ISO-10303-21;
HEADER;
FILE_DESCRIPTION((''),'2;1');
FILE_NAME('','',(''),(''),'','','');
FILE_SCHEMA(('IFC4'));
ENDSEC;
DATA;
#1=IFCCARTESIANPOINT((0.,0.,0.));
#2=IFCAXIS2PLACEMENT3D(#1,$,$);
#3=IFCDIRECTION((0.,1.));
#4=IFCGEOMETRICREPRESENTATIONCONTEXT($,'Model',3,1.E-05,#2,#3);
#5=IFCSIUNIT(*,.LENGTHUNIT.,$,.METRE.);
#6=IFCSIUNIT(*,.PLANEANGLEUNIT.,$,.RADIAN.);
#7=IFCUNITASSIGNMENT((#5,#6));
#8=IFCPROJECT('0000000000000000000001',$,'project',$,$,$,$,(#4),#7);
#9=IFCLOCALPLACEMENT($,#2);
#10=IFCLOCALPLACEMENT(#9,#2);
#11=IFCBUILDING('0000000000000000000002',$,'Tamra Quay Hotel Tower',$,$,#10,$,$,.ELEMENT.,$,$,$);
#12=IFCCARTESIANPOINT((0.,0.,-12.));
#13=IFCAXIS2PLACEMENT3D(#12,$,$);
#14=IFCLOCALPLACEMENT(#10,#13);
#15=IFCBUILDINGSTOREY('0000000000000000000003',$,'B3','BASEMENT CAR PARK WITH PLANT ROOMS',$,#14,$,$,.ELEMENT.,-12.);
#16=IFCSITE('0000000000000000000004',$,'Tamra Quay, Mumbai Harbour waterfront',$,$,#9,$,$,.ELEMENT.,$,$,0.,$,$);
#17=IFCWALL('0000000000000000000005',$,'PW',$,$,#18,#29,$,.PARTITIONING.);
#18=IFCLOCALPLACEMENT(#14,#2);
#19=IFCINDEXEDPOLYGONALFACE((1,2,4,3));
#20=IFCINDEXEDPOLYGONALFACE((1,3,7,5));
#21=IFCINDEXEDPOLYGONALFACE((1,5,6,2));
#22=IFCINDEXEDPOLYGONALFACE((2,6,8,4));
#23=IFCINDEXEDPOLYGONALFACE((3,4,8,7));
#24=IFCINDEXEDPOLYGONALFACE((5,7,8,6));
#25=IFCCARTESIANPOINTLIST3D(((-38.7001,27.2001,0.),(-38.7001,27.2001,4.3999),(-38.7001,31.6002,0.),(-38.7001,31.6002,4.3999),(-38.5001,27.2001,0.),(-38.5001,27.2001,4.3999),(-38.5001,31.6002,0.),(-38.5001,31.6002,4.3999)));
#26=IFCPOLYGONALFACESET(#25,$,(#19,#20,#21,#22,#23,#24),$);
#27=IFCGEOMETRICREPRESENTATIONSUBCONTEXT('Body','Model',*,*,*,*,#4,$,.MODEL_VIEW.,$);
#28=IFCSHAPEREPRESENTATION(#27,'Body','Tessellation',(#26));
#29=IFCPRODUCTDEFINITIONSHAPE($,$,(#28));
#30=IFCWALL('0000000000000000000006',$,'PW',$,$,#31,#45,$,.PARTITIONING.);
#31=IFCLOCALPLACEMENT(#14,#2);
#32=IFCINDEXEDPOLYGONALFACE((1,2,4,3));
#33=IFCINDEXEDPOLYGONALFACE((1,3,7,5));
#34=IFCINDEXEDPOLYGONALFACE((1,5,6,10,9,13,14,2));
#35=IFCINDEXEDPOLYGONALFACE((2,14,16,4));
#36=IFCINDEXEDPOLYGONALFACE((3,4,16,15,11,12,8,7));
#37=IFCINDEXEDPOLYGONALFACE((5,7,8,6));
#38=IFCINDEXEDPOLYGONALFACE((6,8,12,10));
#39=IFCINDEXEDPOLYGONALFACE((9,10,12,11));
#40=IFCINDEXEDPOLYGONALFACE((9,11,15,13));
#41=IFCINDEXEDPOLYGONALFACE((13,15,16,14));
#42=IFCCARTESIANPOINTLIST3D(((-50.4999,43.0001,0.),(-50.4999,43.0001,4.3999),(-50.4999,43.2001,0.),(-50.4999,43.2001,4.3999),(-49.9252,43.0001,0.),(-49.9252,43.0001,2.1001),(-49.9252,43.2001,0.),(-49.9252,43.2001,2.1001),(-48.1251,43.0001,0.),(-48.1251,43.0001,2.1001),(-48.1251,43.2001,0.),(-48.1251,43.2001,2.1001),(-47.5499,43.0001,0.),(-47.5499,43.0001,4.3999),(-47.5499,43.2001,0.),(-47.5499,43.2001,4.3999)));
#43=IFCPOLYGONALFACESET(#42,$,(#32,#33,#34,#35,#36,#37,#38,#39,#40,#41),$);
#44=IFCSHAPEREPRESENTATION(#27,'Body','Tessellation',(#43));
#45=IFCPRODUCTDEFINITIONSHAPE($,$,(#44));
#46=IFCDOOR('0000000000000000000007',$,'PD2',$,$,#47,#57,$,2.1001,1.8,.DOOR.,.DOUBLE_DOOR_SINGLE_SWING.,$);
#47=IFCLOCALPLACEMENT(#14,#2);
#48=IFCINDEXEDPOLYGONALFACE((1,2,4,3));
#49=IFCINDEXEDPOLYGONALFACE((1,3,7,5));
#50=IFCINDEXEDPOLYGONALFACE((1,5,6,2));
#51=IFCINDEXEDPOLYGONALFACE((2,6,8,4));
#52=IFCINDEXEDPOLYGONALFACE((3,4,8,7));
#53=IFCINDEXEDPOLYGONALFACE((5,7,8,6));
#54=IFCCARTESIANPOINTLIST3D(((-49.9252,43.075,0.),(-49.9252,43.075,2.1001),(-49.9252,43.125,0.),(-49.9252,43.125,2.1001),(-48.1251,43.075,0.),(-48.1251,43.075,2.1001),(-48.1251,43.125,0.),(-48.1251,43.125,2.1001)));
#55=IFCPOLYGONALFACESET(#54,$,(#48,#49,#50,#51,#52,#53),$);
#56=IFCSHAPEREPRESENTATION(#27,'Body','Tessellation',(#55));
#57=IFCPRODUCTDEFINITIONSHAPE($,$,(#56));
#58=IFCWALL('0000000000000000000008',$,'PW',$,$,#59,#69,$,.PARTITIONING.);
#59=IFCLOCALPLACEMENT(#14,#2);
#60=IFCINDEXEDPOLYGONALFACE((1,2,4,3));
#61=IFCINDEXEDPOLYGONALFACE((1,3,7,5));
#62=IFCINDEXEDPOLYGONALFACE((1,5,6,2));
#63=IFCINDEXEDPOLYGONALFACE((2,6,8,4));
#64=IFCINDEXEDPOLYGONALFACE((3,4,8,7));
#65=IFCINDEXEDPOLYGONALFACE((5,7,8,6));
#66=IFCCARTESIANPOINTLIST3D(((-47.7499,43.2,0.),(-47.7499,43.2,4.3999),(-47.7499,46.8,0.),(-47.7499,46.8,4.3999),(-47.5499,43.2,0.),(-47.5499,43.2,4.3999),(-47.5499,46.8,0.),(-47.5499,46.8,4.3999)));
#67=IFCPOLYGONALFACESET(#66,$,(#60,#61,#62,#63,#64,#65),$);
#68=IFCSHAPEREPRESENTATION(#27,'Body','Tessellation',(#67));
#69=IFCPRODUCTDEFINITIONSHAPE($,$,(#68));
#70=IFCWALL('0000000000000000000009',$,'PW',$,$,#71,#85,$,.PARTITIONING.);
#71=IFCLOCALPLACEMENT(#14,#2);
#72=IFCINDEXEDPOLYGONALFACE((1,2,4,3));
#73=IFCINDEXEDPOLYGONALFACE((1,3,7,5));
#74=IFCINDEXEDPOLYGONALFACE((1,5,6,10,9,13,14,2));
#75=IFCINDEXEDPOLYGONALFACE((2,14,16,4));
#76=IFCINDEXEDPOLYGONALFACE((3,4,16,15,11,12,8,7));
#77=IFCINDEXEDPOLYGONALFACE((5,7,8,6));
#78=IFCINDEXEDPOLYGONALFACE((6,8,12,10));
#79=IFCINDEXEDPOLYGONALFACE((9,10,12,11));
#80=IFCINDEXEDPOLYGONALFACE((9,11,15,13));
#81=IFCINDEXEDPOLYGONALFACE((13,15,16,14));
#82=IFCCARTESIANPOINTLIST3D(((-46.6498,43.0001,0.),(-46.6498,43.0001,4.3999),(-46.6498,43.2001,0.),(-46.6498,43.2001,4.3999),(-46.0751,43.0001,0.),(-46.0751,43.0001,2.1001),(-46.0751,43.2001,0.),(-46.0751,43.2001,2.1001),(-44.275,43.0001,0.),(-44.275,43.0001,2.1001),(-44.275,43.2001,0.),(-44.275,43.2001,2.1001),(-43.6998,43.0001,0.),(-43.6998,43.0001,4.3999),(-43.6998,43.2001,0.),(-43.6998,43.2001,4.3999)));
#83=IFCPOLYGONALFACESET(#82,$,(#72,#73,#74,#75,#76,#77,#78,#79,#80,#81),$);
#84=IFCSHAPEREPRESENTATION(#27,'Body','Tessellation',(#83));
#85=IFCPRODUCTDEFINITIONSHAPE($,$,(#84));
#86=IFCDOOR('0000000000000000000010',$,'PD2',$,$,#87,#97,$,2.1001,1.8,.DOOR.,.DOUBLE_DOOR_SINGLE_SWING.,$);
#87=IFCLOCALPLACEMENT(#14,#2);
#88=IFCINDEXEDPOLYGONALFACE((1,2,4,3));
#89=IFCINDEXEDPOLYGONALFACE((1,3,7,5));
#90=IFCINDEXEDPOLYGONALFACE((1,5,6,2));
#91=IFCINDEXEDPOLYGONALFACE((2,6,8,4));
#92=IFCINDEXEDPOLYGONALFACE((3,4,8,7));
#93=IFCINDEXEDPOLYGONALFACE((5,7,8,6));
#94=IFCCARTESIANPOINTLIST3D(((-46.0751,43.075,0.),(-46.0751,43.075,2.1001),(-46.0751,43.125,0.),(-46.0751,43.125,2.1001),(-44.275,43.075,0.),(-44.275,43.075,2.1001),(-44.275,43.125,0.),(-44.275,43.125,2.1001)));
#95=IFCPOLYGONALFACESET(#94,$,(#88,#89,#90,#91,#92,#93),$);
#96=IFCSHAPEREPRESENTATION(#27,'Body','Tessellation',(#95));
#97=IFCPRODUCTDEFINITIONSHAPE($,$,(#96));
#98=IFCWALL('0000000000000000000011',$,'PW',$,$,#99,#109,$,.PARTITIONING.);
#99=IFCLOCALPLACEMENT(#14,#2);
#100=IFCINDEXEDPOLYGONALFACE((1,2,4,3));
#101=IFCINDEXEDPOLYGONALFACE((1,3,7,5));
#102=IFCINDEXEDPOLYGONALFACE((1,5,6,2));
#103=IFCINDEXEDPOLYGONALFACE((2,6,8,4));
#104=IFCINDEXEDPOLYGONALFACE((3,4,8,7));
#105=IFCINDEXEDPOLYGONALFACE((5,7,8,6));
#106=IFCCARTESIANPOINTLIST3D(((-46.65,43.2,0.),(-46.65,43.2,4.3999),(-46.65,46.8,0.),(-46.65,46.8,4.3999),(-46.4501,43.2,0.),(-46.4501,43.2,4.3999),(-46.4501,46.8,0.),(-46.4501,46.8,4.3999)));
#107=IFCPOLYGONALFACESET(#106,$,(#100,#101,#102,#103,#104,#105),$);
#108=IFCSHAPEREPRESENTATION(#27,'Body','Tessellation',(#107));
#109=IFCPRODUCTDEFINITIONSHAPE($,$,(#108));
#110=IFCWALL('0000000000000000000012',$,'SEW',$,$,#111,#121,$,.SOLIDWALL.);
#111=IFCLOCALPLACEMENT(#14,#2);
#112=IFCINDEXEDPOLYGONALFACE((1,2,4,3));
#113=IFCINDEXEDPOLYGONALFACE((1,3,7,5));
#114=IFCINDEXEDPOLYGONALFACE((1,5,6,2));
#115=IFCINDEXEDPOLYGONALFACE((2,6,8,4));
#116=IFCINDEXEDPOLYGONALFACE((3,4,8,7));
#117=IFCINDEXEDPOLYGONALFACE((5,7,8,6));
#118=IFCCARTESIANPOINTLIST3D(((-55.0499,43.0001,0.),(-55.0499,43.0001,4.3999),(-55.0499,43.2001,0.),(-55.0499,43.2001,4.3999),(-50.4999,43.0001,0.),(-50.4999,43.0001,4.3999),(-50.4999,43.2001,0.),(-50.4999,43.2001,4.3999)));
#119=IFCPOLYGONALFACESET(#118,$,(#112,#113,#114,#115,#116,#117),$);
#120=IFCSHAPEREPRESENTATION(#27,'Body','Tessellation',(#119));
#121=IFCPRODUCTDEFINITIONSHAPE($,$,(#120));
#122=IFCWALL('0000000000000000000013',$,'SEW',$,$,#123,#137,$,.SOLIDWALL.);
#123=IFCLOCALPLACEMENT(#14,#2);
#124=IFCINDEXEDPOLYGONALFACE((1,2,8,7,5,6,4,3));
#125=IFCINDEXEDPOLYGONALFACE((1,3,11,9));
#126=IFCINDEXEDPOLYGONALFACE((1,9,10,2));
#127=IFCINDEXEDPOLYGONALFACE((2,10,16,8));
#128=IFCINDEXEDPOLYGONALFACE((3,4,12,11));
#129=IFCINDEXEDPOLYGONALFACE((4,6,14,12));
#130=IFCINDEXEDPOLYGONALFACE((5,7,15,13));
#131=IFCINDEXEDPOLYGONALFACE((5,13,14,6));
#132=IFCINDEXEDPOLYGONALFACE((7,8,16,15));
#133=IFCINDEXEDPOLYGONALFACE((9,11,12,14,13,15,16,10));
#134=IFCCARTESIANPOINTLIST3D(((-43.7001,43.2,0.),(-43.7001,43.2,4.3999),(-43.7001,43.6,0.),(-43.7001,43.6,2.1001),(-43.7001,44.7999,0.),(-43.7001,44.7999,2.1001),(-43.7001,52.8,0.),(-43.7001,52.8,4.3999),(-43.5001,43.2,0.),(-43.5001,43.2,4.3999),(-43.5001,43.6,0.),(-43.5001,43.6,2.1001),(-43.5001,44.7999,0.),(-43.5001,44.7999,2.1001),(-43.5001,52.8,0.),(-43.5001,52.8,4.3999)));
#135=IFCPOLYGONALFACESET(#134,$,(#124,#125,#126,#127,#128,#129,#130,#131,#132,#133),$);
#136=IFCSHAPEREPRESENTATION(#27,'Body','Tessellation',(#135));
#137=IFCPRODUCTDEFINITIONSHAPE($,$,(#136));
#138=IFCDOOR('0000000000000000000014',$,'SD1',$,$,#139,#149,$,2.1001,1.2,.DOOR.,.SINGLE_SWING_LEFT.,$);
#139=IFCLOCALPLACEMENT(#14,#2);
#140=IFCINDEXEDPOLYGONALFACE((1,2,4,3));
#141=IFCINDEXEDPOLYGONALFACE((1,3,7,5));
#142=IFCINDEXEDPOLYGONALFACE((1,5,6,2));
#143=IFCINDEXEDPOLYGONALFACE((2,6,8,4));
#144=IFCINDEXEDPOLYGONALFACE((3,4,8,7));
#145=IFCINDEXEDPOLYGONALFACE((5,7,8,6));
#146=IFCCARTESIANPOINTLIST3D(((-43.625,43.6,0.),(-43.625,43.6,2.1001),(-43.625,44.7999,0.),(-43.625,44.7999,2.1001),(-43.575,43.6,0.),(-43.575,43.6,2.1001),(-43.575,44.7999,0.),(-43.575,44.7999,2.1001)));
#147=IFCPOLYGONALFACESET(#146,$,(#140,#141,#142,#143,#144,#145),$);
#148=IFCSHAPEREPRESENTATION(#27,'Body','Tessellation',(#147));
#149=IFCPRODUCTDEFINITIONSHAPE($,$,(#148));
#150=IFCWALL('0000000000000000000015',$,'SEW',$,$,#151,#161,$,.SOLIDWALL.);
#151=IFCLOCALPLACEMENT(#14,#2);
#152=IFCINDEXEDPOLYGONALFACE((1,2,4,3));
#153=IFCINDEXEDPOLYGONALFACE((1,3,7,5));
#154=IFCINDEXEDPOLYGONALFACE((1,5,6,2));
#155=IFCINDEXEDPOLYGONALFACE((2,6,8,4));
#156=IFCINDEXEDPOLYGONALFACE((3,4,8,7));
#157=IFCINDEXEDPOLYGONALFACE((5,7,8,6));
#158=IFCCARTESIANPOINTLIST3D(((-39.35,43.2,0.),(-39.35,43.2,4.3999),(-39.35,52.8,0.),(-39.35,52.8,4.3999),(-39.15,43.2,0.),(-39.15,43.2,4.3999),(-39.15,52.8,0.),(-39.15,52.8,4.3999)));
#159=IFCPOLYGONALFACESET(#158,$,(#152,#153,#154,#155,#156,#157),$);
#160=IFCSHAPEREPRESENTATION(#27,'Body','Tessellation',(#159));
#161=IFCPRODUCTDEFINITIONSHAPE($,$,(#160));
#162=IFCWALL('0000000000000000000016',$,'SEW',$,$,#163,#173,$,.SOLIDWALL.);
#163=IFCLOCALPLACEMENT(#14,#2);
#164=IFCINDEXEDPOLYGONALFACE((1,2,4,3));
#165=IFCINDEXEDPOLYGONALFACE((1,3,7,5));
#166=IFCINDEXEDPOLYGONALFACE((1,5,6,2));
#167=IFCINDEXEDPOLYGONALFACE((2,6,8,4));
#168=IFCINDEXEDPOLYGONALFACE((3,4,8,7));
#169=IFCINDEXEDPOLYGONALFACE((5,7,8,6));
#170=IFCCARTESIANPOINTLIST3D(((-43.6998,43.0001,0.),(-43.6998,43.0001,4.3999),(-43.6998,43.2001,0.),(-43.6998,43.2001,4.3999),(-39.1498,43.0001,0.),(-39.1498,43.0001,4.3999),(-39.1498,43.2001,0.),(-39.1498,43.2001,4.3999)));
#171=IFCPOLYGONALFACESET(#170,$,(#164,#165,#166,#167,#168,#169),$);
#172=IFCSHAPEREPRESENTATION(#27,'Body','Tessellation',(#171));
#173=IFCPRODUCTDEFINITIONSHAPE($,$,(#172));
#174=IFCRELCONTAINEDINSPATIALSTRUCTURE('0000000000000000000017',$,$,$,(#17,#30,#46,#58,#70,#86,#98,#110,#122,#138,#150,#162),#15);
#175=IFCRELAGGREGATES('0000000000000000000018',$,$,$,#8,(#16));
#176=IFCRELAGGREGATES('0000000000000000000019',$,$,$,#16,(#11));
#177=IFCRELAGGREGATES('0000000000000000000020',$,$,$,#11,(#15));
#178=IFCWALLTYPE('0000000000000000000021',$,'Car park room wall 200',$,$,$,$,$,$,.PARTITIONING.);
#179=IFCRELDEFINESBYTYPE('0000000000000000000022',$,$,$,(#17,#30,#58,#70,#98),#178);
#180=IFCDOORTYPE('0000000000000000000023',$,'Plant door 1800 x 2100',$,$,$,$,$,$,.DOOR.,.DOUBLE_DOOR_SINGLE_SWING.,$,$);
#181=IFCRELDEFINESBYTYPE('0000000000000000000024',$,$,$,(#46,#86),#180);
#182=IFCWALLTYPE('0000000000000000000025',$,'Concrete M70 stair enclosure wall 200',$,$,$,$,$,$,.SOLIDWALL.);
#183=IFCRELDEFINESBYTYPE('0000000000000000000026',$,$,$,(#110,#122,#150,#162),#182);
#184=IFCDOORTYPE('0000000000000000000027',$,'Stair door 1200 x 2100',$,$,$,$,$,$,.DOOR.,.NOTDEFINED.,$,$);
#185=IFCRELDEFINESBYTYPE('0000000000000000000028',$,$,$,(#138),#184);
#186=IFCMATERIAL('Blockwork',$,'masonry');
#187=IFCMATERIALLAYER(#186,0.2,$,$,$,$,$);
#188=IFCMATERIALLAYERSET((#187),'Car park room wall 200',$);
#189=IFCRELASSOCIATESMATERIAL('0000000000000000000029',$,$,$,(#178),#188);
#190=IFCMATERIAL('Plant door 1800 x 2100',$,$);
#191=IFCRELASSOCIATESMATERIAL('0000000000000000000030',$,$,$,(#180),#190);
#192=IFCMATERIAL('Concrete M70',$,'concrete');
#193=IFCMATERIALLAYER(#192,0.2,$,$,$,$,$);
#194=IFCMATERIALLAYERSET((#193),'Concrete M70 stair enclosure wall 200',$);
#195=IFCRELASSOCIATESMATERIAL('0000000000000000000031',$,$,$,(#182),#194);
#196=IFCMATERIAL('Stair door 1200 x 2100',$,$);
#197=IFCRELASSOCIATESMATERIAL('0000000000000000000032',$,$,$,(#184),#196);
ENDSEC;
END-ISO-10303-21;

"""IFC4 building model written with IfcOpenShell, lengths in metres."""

from ifc_helpers import new_model, si_unit, direction, frame, frame_2d, origin, place, context, subcontext, project, spatial, rectangle, extrude, material, layer, layer_set, type_object, element, fill, save


model = new_model("IFC4")

# Units and contexts
model_context = context("Model", 3, precision=1e-05, world=origin(), true_north=direction((0.0, 1.0)))
body_context = subcontext(model_context, "Body", "Model", "MODEL_VIEW")
ifc_project = project(units=[si_unit("LENGTHUNIT", "METRE"), si_unit("PLANEANGLEUNIT", "RADIAN")], contexts=[model_context])

# Site, building, storey
site_placement = place(None, origin())
site = spatial("IfcSite", under=ifc_project, at=site_placement, Name="Tamra Quay, Mumbai Harbour waterfront", CompositionType="ELEMENT", RefElevation=0.0)
building_placement = place(site_placement, origin())
building = spatial("IfcBuilding", under=site, at=building_placement, Name="Tamra Quay Hotel Tower", CompositionType="ELEMENT")
storey_placement = place(building_placement, frame((0.0, 0.0, -12.0)))
storey = spatial("IfcBuildingStorey", under=building, at=storey_placement, Name="B3", Description="BASEMENT CAR PARK WITH PLANT ROOMS", CompositionType="ELEMENT", Elevation=-12.0)

# Shared definitions
ifc_material_1 = material(Name="Concrete M70", Category="concrete")

# Shared definitions
ifc_material_2 = material(Name="Blockwork", Category="masonry")
ifc_layer_1 = layer(ifc_material_2, 0.2)
ifc_layer_set_1 = layer_set([ifc_layer_1], Name="Car park room wall 200")
wall_type_1 = type_object("IfcWallType", Name="Car park room wall 200", PredefinedType="PARTITIONING", material=ifc_layer_set_1)
ifc_material_3 = material(Name="Plant door 1800 x 2100")
door_type_1 = type_object("IfcDoorType", Name="Plant door 1800 x 2100", OperationType="DOUBLE_DOOR_SINGLE_SWING", PredefinedType="DOOR", material=ifc_material_3)

# Wall
wall_1_placement = place(storey_placement, frame((-38.6001, 27.2, 0.0), z_axis=(0.0, 0.0, 1.0), x_axis=(0.0, 1.0, 0.0)))
element("IfcWall", 1, at=wall_1_placement, inside=storey, type_object=wall_type_1, Name="PW", PredefinedType="PARTITIONING", context=body_context, shape_type="SweptSolid", body=[
    extrude(rectangle(XDim=4.4001, YDim=0.2, at=frame_2d((2.2002, 0.0))), origin(), (0.0, 0.0, 1.0), 4.3999),
])

# Wall, opening, door
wall_2_placement = place(storey_placement, frame((-50.5, 43.1001, 0.0), z_axis=(0.0, 0.0, 1.0), x_axis=(1.0, 0.0, 0.0)))
wall_2 = element("IfcWall", 2, at=wall_2_placement, inside=storey, type_object=wall_type_1, Name="PW", PredefinedType="PARTITIONING", context=body_context, shape_type="SweptSolid", body=[
    extrude(rectangle(XDim=2.95, YDim=0.2, at=frame_2d((1.4751, 0.0))), origin(), (0.0, 0.0, 1.0), 4.3999),
])
opening_1_placement = place(wall_2_placement, frame((0.575, 0.0, 0.0)))
opening_1 = element("IfcOpeningElement", 3, at=opening_1_placement, cuts=wall_2, PredefinedType="OPENING", context=body_context, shape_type="SweptSolid", body=[
    extrude(rectangle(XDim=1.8, YDim=2.1001, at=frame_2d((0.8999, 1.05))), frame((0.0, 0.1099, 0.0), z_axis=(0.0, -1.0, 0.0), x_axis=(1.0, 0.0, 0.0)), (0.0, 0.0, 1.0), 0.22),
])
door_1_placement = place(opening_1_placement, origin())
door_1 = element("IfcDoor", 4, at=door_1_placement, inside=storey, type_object=door_type_1, Name="PD2", OperationType="DOUBLE_DOOR_SINGLE_SWING", OverallHeight=2.1001, OverallWidth=1.8, PredefinedType="DOOR", context=body_context, shape_type="SweptSolid", body=[
    extrude(rectangle(XDim=1.8, YDim=2.1001, at=frame_2d((0.8999, 1.05))), frame((0.0, 0.0249, 0.0), z_axis=(0.0, -1.0, 0.0), x_axis=(1.0, 0.0, 0.0)), (0.0, 0.0, 1.0), 0.05),
])
fill(opening_1, door_1)

# Wall
wall_3_placement = place(storey_placement, frame((-47.6499, 43.2, 0.0), z_axis=(0.0, 0.0, 1.0), x_axis=(0.0, 1.0, 0.0)))
element("IfcWall", 5, at=wall_3_placement, inside=storey, type_object=wall_type_1, Name="PW", PredefinedType="PARTITIONING", context=body_context, shape_type="SweptSolid", body=[
    extrude(rectangle(XDim=3.6001, YDim=0.2, at=frame_2d((1.8, 0.0))), origin(), (0.0, 0.0, 1.0), 4.3999),
])

# Wall, opening, door
wall_4_placement = place(storey_placement, frame((-46.6499, 43.1001, 0.0), z_axis=(0.0, 0.0, 1.0), x_axis=(1.0, 0.0, 0.0)))
wall_4 = element("IfcWall", 6, at=wall_4_placement, inside=storey, type_object=wall_type_1, Name="PW", PredefinedType="PARTITIONING", context=body_context, shape_type="SweptSolid", body=[
    extrude(rectangle(XDim=2.95, YDim=0.2, at=frame_2d((1.4751, 0.0))), origin(), (0.0, 0.0, 1.0), 4.3999),
])
opening_2_placement = place(wall_4_placement, frame((0.575, 0.0, 0.0)))
opening_2 = element("IfcOpeningElement", 7, at=opening_2_placement, cuts=wall_4, PredefinedType="OPENING", context=body_context, shape_type="SweptSolid", body=[
    extrude(rectangle(XDim=1.8, YDim=2.1001, at=frame_2d((0.8999, 1.05))), frame((0.0, 0.1099, 0.0), z_axis=(0.0, -1.0, 0.0), x_axis=(1.0, 0.0, 0.0)), (0.0, 0.0, 1.0), 0.22),
])
door_2_placement = place(opening_2_placement, origin())
door_2 = element("IfcDoor", 8, at=door_2_placement, inside=storey, type_object=door_type_1, Name="PD2", OperationType="DOUBLE_DOOR_SINGLE_SWING", OverallHeight=2.1001, OverallWidth=1.8, PredefinedType="DOOR", context=body_context, shape_type="SweptSolid", body=[
    extrude(rectangle(XDim=1.8, YDim=2.1001, at=frame_2d((0.8999, 1.05))), frame((0.0, 0.0249, 0.0), z_axis=(0.0, -1.0, 0.0), x_axis=(1.0, 0.0, 0.0)), (0.0, 0.0, 1.0), 0.05),
])
fill(opening_2, door_2)

# Walls
wall_5_placement = place(storey_placement, frame((-46.55, 43.2, 0.0), z_axis=(0.0, 0.0, 1.0), x_axis=(0.0, 1.0, 0.0)))
element("IfcWall", 9, at=wall_5_placement, inside=storey, type_object=wall_type_1, Name="PW", PredefinedType="PARTITIONING", context=body_context, shape_type="SweptSolid", body=[
    extrude(rectangle(XDim=3.6001, YDim=0.2, at=frame_2d((1.8, 0.0))), origin(), (0.0, 0.0, 1.0), 4.3999),
])
ifc_layer_2 = layer(ifc_material_1, 0.2)
ifc_layer_set_2 = layer_set([ifc_layer_2], Name="Concrete M70 stair enclosure wall 200")
wall_type_2 = type_object("IfcWallType", Name="Concrete M70 stair enclosure wall 200", PredefinedType="SOLIDWALL", material=ifc_layer_set_2)
wall_6_placement = place(storey_placement, frame((-50.5, 43.1001, 0.0), z_axis=(0.0, 0.0, 1.0), x_axis=(-1.0, 0.0, 0.0)))
element("IfcWall", 10, at=wall_6_placement, inside=storey, type_object=wall_type_2, Name="SEW", PredefinedType="SOLIDWALL", context=body_context, shape_type="SweptSolid", body=[
    extrude(rectangle(XDim=4.55, YDim=0.2, at=frame_2d((2.2749, 0.0))), origin(), (0.0, 0.0, 1.0), 4.3999),
])

# Wall, opening, door
wall_7_placement = place(storey_placement, frame((-43.6001, 43.2, 0.0), z_axis=(0.0, 0.0, 1.0), x_axis=(0.0, 1.0, 0.0)))
wall_7 = element("IfcWall", 11, at=wall_7_placement, inside=storey, type_object=wall_type_2, Name="SEW", PredefinedType="SOLIDWALL", context=body_context, shape_type="SweptSolid", body=[
    extrude(rectangle(XDim=9.6001, YDim=0.2, at=frame_2d((4.8, 0.0))), origin(), (0.0, 0.0, 1.0), 4.3999),
])
opening_3_placement = place(wall_7_placement, frame((0.3999, 0.0, 0.0)))
opening_3 = element("IfcOpeningElement", 12, at=opening_3_placement, cuts=wall_7, PredefinedType="OPENING", context=body_context, shape_type="SweptSolid", body=[
    extrude(rectangle(XDim=1.2, YDim=2.1001, at=frame_2d((0.6001, 1.05))), frame((0.0, 0.1099, 0.0), z_axis=(0.0, -1.0, 0.0), x_axis=(1.0, 0.0, 0.0)), (0.0, 0.0, 1.0), 0.22),
])
ifc_material_4 = material(Name="Stair door 1200 x 2100")
door_type_2 = type_object("IfcDoorType", Name="Stair door 1200 x 2100", OperationType="NOTDEFINED", PredefinedType="DOOR", material=ifc_material_4)
door_3_placement = place(opening_3_placement, origin())
door_3 = element("IfcDoor", 13, at=door_3_placement, inside=storey, type_object=door_type_2, Name="SD1", OperationType="SINGLE_SWING_LEFT", OverallHeight=2.1001, OverallWidth=1.2, PredefinedType="DOOR", context=body_context, shape_type="SweptSolid", body=[
    extrude(rectangle(XDim=1.2, YDim=2.1001, at=frame_2d((0.6001, 1.05))), frame((0.0, 0.0249, 0.0), z_axis=(0.0, -1.0, 0.0), x_axis=(1.0, 0.0, 0.0)), (0.0, 0.0, 1.0), 0.05),
])
fill(opening_3, door_3)

# Walls
wall_8_placement = place(storey_placement, frame((-39.25, 43.2, 0.0), z_axis=(0.0, 0.0, 1.0), x_axis=(0.0, 1.0, 0.0)))
element("IfcWall", 14, at=wall_8_placement, inside=storey, type_object=wall_type_2, Name="SEW", PredefinedType="SOLIDWALL", context=body_context, shape_type="SweptSolid", body=[
    extrude(rectangle(XDim=9.6001, YDim=0.2, at=frame_2d((4.8, 0.0))), origin(), (0.0, 0.0, 1.0), 4.3999),
])
wall_9_placement = place(storey_placement, frame((-39.1499, 43.1001, 0.0), z_axis=(0.0, 0.0, 1.0), x_axis=(-1.0, 0.0, 0.0)))
element("IfcWall", 15, at=wall_9_placement, inside=storey, type_object=wall_type_2, Name="SEW", PredefinedType="SOLIDWALL", context=body_context, shape_type="SweptSolid", body=[
    extrude(rectangle(XDim=4.55, YDim=0.2, at=frame_2d((2.2749, 0.0))), origin(), (0.0, 0.0, 1.0), 4.3999),
])

save(model, "model.ifc")
